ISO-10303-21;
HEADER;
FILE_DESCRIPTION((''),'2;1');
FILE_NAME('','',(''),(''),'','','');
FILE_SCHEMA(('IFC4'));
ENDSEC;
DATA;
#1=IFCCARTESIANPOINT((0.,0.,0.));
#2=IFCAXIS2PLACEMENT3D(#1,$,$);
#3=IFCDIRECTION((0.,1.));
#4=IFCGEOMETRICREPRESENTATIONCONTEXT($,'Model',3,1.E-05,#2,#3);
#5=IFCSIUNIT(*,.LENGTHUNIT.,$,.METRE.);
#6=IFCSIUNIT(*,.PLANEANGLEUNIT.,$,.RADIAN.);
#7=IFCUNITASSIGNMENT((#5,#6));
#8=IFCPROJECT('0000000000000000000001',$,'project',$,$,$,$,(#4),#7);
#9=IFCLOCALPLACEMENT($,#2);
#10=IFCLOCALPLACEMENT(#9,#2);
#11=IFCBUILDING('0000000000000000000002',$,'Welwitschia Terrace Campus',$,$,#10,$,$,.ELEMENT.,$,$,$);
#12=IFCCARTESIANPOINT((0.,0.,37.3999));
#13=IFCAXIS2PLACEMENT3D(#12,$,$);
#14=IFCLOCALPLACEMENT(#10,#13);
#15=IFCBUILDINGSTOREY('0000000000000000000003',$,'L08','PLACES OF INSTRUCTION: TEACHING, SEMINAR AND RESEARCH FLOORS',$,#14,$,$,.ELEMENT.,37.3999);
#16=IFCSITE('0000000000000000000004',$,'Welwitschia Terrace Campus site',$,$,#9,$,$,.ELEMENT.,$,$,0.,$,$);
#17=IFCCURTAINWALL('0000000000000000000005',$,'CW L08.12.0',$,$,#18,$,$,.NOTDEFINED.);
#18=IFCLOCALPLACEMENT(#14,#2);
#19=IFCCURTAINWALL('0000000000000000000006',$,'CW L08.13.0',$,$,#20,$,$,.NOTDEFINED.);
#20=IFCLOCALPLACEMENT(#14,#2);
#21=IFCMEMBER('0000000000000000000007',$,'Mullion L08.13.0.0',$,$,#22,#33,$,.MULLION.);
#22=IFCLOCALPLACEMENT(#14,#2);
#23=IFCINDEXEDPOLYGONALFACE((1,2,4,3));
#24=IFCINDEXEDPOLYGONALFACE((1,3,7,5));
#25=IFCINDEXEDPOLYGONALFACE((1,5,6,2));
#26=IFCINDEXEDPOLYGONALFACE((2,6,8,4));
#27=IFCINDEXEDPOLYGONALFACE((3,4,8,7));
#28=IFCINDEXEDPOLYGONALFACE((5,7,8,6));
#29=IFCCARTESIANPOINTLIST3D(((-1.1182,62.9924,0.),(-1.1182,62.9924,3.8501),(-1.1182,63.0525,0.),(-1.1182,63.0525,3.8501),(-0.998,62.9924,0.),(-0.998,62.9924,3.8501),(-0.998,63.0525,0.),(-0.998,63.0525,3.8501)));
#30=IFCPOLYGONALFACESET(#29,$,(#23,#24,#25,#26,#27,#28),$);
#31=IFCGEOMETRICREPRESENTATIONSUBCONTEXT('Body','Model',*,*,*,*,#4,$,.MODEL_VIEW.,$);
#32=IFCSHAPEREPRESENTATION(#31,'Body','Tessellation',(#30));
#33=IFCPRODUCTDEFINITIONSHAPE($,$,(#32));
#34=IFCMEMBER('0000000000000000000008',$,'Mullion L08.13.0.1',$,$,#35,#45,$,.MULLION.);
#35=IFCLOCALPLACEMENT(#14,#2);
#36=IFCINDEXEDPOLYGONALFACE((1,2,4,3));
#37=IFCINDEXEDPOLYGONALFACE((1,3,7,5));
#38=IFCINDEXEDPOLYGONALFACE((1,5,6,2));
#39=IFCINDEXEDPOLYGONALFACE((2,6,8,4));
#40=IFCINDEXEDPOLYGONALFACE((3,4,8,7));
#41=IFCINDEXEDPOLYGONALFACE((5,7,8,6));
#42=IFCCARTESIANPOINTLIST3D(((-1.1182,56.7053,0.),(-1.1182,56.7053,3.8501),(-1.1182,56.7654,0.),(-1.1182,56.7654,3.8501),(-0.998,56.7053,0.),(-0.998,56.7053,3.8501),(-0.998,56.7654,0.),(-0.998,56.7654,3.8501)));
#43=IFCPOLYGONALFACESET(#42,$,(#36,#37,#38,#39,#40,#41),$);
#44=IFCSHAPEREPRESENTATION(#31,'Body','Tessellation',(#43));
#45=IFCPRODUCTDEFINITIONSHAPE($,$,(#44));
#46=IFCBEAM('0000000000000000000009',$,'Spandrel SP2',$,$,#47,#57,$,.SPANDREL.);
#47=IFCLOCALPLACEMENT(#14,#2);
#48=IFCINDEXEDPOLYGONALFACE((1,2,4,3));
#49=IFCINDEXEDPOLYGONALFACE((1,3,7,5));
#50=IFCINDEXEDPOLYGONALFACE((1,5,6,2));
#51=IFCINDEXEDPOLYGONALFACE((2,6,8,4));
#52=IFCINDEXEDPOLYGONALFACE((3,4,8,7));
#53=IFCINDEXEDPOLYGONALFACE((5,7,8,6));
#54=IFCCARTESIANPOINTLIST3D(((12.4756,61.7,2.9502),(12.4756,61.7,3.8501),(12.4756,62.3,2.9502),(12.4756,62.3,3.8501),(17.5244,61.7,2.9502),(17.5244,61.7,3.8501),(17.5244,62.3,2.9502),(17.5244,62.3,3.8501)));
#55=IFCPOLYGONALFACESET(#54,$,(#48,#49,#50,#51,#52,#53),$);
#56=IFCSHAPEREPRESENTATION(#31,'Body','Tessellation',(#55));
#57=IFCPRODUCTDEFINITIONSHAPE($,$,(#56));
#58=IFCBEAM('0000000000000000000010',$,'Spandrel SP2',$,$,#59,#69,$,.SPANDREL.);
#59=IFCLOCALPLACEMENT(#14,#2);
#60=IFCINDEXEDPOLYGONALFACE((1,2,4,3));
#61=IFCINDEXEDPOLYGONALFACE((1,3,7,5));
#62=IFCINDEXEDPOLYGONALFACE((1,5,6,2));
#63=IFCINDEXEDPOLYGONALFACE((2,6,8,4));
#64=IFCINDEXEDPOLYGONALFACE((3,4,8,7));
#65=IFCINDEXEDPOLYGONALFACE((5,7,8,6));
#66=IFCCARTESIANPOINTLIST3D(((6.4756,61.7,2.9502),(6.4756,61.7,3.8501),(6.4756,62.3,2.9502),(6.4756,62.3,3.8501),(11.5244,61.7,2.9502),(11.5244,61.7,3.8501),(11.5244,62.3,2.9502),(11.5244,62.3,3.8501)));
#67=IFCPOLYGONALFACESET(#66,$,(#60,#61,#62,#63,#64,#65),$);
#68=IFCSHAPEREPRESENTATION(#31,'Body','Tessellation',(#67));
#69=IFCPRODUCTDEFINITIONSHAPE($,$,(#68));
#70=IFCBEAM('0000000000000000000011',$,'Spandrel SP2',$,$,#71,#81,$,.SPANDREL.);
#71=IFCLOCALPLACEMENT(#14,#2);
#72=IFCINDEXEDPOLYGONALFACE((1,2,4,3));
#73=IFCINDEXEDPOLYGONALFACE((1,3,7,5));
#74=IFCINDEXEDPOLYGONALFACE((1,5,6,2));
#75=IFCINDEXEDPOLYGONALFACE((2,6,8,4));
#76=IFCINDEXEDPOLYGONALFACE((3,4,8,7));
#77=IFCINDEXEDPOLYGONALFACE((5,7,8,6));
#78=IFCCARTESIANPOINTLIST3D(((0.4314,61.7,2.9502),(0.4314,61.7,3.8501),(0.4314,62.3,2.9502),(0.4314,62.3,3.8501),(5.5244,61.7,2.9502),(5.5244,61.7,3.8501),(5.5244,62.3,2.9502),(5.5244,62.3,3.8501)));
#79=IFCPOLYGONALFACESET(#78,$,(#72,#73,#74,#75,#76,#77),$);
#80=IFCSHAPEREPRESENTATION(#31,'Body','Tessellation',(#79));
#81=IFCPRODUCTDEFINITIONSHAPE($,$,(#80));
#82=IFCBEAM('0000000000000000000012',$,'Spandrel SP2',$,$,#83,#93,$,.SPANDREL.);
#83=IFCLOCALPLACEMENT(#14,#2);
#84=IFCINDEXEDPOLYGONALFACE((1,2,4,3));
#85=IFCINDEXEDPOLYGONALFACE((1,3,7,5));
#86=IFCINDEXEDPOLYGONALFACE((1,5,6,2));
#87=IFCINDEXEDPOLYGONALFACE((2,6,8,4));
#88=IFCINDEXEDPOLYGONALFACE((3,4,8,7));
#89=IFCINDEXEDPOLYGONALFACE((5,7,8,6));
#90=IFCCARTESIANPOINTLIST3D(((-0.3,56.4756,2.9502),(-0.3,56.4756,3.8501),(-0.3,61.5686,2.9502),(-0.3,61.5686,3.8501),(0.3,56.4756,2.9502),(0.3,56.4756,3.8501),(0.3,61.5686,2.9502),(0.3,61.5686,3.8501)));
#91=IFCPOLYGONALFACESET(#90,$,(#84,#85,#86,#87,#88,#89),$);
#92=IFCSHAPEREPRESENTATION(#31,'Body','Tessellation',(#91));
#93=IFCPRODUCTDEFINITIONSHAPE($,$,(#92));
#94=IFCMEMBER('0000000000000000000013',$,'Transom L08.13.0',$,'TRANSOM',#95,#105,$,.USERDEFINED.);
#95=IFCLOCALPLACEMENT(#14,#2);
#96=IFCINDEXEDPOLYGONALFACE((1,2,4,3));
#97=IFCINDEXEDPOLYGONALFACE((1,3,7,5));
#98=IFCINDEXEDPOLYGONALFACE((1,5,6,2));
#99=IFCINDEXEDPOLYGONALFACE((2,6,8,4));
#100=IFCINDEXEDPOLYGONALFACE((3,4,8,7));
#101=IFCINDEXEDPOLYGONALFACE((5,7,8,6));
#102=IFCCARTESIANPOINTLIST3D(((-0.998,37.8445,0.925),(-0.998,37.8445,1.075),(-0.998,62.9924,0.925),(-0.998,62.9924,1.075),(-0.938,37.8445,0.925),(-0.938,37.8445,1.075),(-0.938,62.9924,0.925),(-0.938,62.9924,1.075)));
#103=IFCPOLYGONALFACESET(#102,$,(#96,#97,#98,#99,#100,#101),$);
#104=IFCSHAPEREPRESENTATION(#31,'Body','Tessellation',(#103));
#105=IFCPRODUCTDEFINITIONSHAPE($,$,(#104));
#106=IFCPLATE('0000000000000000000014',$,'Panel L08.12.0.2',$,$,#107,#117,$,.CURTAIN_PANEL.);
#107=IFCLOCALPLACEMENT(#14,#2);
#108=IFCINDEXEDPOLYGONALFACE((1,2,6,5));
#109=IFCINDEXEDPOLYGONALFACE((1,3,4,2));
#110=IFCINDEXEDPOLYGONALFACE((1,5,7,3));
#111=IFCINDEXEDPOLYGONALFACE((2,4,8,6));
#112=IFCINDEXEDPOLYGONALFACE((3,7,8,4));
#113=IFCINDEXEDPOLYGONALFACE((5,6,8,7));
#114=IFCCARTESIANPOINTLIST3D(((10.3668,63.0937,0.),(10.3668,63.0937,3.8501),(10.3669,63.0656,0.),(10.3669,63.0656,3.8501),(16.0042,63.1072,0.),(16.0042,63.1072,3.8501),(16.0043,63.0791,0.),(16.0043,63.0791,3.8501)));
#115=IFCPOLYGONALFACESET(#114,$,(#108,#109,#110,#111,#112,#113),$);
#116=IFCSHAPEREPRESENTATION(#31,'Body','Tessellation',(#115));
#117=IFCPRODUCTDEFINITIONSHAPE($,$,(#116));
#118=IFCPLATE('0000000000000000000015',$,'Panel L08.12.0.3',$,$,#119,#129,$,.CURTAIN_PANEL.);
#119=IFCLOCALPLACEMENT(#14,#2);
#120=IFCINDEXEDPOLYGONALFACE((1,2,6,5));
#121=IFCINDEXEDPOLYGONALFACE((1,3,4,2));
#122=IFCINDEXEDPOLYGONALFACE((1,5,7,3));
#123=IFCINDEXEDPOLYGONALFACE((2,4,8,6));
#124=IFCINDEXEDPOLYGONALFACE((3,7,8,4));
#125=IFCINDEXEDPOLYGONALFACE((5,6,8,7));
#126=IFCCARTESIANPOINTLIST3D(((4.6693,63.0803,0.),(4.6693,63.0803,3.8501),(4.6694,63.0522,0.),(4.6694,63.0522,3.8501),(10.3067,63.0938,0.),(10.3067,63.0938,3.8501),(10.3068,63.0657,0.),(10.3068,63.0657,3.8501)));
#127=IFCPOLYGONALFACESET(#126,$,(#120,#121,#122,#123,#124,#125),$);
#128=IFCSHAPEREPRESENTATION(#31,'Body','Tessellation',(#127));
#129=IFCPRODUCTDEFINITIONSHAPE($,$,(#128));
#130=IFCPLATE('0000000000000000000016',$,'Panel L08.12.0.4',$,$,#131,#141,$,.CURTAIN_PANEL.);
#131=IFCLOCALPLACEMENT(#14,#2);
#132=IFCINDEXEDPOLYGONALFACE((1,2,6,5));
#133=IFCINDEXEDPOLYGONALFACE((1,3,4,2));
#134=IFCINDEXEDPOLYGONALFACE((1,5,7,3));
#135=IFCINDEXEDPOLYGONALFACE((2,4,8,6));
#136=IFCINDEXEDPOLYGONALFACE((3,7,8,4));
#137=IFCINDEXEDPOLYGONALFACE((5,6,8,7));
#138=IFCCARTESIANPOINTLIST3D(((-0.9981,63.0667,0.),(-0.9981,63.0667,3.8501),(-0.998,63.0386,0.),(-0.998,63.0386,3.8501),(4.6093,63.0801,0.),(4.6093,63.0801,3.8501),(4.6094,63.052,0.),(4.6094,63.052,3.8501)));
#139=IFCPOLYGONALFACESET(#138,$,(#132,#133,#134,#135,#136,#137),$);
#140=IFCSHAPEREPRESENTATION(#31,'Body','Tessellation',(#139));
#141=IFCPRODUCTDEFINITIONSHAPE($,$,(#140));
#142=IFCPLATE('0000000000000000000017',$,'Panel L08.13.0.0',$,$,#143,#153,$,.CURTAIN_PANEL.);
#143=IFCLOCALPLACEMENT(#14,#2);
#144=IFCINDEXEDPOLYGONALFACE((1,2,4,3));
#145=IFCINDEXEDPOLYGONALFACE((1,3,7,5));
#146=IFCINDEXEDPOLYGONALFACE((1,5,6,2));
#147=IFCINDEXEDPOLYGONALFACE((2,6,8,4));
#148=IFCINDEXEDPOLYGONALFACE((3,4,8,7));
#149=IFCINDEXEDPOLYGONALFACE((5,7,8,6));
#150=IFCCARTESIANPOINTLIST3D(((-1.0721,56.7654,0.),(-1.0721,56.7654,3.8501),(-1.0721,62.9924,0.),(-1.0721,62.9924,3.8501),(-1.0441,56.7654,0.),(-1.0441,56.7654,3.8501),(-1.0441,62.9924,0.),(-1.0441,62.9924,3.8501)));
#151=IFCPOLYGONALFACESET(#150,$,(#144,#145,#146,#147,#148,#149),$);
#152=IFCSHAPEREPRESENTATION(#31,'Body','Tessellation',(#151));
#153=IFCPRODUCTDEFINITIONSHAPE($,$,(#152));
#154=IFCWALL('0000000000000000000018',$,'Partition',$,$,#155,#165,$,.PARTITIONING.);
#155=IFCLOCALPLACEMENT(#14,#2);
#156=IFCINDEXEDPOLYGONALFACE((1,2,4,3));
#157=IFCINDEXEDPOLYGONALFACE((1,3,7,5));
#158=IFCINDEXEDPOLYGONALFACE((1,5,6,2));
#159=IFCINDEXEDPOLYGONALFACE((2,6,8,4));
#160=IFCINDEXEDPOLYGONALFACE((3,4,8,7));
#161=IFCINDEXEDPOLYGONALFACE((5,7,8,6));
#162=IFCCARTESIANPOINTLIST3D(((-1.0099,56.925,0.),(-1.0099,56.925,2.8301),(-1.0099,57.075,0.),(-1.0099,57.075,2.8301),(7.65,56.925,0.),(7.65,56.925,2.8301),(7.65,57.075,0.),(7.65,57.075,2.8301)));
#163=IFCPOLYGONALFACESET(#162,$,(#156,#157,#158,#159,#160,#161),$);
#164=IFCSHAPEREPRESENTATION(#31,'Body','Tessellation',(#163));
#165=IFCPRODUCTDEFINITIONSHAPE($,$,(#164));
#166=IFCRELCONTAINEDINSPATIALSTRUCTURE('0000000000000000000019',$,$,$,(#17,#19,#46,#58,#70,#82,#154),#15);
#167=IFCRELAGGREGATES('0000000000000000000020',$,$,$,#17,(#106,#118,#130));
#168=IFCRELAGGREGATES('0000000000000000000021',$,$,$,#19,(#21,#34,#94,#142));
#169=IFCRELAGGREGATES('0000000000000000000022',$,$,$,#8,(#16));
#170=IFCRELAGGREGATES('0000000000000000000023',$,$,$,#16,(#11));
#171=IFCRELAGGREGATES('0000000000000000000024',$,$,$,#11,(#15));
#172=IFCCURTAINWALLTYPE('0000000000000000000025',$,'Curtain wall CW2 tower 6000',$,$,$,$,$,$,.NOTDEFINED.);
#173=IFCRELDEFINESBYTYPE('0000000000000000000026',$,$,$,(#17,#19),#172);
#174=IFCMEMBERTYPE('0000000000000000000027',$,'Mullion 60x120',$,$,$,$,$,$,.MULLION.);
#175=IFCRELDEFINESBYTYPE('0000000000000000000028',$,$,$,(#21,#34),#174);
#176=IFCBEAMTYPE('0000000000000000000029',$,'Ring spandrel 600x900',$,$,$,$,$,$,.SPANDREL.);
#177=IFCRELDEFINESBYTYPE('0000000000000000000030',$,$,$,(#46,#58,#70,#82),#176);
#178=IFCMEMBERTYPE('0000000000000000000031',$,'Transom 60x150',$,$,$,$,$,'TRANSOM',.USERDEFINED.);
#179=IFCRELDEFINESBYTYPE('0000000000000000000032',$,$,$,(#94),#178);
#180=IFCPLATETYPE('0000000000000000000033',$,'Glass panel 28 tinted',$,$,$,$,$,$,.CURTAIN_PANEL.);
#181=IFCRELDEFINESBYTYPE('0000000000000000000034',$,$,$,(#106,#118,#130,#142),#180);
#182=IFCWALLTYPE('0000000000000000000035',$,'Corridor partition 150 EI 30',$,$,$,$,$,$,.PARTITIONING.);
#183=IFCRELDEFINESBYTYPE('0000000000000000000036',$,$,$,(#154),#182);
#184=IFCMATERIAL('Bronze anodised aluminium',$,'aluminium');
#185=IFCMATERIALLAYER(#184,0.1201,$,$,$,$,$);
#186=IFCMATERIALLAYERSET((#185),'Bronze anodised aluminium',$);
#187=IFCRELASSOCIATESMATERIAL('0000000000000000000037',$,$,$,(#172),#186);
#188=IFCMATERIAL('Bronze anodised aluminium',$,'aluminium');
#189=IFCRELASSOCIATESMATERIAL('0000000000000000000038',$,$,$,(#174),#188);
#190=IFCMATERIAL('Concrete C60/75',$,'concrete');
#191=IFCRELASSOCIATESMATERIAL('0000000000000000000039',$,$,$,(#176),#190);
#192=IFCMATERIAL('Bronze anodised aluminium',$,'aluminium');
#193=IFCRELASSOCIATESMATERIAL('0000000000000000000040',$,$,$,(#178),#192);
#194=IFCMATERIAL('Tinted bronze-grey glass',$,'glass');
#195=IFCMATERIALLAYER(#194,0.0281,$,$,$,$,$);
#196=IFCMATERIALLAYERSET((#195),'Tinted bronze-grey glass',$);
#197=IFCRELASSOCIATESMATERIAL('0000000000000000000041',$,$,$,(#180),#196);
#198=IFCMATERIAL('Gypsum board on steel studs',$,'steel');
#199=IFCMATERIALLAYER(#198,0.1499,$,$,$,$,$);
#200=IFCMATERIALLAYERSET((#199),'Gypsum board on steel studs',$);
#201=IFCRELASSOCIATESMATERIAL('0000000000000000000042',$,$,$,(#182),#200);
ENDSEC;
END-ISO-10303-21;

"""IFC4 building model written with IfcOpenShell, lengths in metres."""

from ifc_helpers import new_model, si_unit, direction, frame, frame_2d, origin, origin_2d, place, context, subcontext, project, spatial, rectangle, extrude, material, layer, layer_set, material_profile, profile_set, type_object, element, aggregate, save


model = new_model("IFC4")

# Units and contexts
model_context = context("Model", 3, precision=1e-05, world=origin(), true_north=direction((0.0, 1.0)))
body_context = subcontext(model_context, "Body", "Model", "MODEL_VIEW")
ifc_project = project(units=[si_unit("LENGTHUNIT", "METRE"), si_unit("PLANEANGLEUNIT", "RADIAN")], contexts=[model_context])

# Site, building, storey
site_placement = place(None, origin())
site = spatial("IfcSite", under=ifc_project, at=site_placement, Name="Welwitschia Terrace Campus site", CompositionType="ELEMENT", RefElevation=0.0)
building_placement = place(site_placement, origin())
building = spatial("IfcBuilding", under=site, at=building_placement, Name="Welwitschia Terrace Campus", CompositionType="ELEMENT")
storey_placement = place(building_placement, frame((0.0, 0.0, 37.3999)))
storey = spatial("IfcBuildingStorey", under=building, at=storey_placement, Name="L08", Description="PLACES OF INSTRUCTION: TEACHING, SEMINAR AND RESEARCH FLOORS", CompositionType="ELEMENT", Elevation=37.3999)

# Curtain walls, members
ifc_material_1 = material(Name="Bronze anodised aluminium", Category="aluminium")
ifc_layer_1 = layer(ifc_material_1, 0.1201)
ifc_layer_set_1 = layer_set([ifc_layer_1], Name="Bronze anodised aluminium")
curtain_wall_type = type_object("IfcCurtainWallType", Name="Curtain wall CW2 tower 6000", PredefinedType="NOTDEFINED", material=ifc_layer_set_1)
curtain_wall_1_placement = place(storey_placement, origin())
curtain_wall_1 = element("IfcCurtainWall", 1, at=curtain_wall_1_placement, inside=storey, type_object=curtain_wall_type, Name="CW L08.12.0", PredefinedType="NOTDEFINED")
ifc_material_2 = material(Name="Bronze anodised aluminium", Category="aluminium")
ifc_material_profile_1 = material_profile(ifc_material_2, rectangle(XDim=0.1201, YDim=0.0601, at=origin_2d()))
ifc_profile_set_1 = profile_set([ifc_material_profile_1], Name="Bronze anodised aluminium")
member_type_1 = type_object("IfcMemberType", Name="Mullion 60x120", PredefinedType="MULLION", material=ifc_profile_set_1)
curtain_wall_2_placement = place(storey_placement, origin())
curtain_wall_2 = element("IfcCurtainWall", 2, at=curtain_wall_2_placement, inside=storey, type_object=curtain_wall_type, Name="CW L08.13.0", PredefinedType="NOTDEFINED")
member_1_placement = place(storey_placement, frame((-1.0581, 63.0225, 0.0), z_axis=(0.0, 0.0, 1.0), x_axis=(1.0, 0.0, 0.0)))
member_1 = element("IfcMember", 3, at=member_1_placement, type_object=member_type_1, Name="Mullion L08.13.0.0", PredefinedType="MULLION", context=body_context, shape_type="SweptSolid", body=[
    extrude(rectangle(XDim=0.1201, YDim=0.0601, at=origin_2d()), origin(), (0.0, 0.0, 1.0), 3.8501),
])
member_2_placement = place(storey_placement, frame((-1.0581, 56.7354, 0.0), z_axis=(0.0, 0.0, 1.0), x_axis=(1.0, 0.0, 0.0)))
member_2 = element("IfcMember", 4, at=member_2_placement, type_object=member_type_1, Name="Mullion L08.13.0.1", PredefinedType="MULLION", context=body_context, shape_type="SweptSolid", body=[
    extrude(rectangle(XDim=0.1201, YDim=0.0601, at=origin_2d()), origin(), (0.0, 0.0, 1.0), 3.8501),
])

# Beams
ifc_material_3 = material(Name="Concrete C60/75", Category="concrete")
ifc_material_profile_2 = material_profile(ifc_material_3, rectangle(XDim=0.6001, YDim=0.8999, at=origin_2d()))
ifc_profile_set_2 = profile_set([ifc_material_profile_2], Name="Concrete C60/75")
beam_type_1 = type_object("IfcBeamType", Name="Ring spandrel 600x900", PredefinedType="SPANDREL", material=ifc_profile_set_2)
for number, where, z_axis, x_axis, name in (
    (5, (17.5244, 62.0, 3.4001), (-1.0, 0.0, 0.0), (0.0, -1.0, 0.0), "Spandrel SP2"),
    (6, (11.5244, 62.0, 3.4001), (-1.0, 0.0, 0.0), (0.0, -1.0, 0.0), "Spandrel SP2"),
):
    element("IfcBeam", number, at=place(storey_placement, frame(where, z_axis=z_axis, x_axis=x_axis)), inside=storey, type_object=beam_type_1, Name=name, PredefinedType="SPANDREL", context=body_context, shape_type="SweptSolid", body=[
        extrude(rectangle(XDim=0.6001, YDim=0.8999, at=origin_2d()), origin(), (0.0, 0.0, 1.0), 5.0488),
    ])
for number, where, z_axis, x_axis, name in (
    (7, (5.5244, 62.0, 3.4001), (-1.0, 0.0, 0.0), (0.0, -1.0, 0.0), "Spandrel SP2"),
    (8, (0.0, 61.5686, 3.4001), (0.0, -1.0, 0.0), (1.0, 0.0, 0.0), "Spandrel SP2"),
):
    element("IfcBeam", number, at=place(storey_placement, frame(where, z_axis=z_axis, x_axis=x_axis)), inside=storey, type_object=beam_type_1, Name=name, PredefinedType="SPANDREL", context=body_context, shape_type="SweptSolid", body=[
        extrude(rectangle(XDim=0.6001, YDim=0.8999, at=origin_2d()), origin(), (0.0, 0.0, 1.0), 5.093),
    ])

# Member
ifc_material_4 = material(Name="Bronze anodised aluminium", Category="aluminium")
ifc_material_profile_3 = material_profile(ifc_material_4, rectangle(XDim=0.0601, YDim=0.1499, at=origin_2d()))
ifc_profile_set_3 = profile_set([ifc_material_profile_3], Name="Bronze anodised aluminium")
member_type_2 = type_object("IfcMemberType", Name="Transom 60x150", ElementType="TRANSOM", PredefinedType="USERDEFINED", material=ifc_profile_set_3)
member_3_placement = place(storey_placement, frame((-0.968, 62.9924, 1.0), z_axis=(0.0, -1.0, 0.0), x_axis=(1.0, 0.0, 0.0)))
member_3 = element("IfcMember", 9, at=member_3_placement, type_object=member_type_2, Name="Transom L08.13.0", ObjectType="TRANSOM", PredefinedType="USERDEFINED", context=body_context, shape_type="SweptSolid", body=[
    extrude(rectangle(XDim=0.0601, YDim=0.1499, at=origin_2d()), origin(), (0.0, 0.0, 1.0), 25.1479),
])

# Plates
ifc_material_5 = material(Name="Tinted bronze-grey glass", Category="glass")
ifc_layer_2 = layer(ifc_material_5, 0.0281)
ifc_layer_set_2 = layer_set([ifc_layer_2], Name="Tinted bronze-grey glass")
plate_type = type_object("IfcPlateType", Name="Glass panel 28 tinted", PredefinedType="CURTAIN_PANEL", material=ifc_layer_set_2)
plate_1_placement = place(storey_placement, frame((13.1855, 63.0864, 0.0), z_axis=(0.0, 0.0, 1.0), x_axis=(-0.999997, -0.002393, 0.0)))
plate_1 = element("IfcPlate", 10, at=plate_1_placement, type_object=plate_type, Name="Panel L08.12.0.2", PredefinedType="CURTAIN_PANEL", context=body_context, shape_type="SweptSolid", body=[
    extrude(rectangle(XDim=5.6375, YDim=0.0281, at=origin_2d()), origin(), (0.0, 0.0, 1.0), 3.8501),
])
plate_2_placement = place(storey_placement, frame((7.488, 63.073, 0.0), z_axis=(0.0, 0.0, 1.0), x_axis=(-0.999997, -0.002393, 0.0)))
plate_2 = element("IfcPlate", 11, at=plate_2_placement, type_object=plate_type, Name="Panel L08.12.0.3", PredefinedType="CURTAIN_PANEL", context=body_context, shape_type="SweptSolid", body=[
    extrude(rectangle(XDim=5.6375, YDim=0.0281, at=origin_2d()), origin(), (0.0, 0.0, 1.0), 3.8501),
])
plate_3_placement = place(storey_placement, frame((1.8057, 63.0593, 0.0), z_axis=(0.0, 0.0, 1.0), x_axis=(-0.999997, -0.002393, 0.0)))
plate_3 = element("IfcPlate", 12, at=plate_3_placement, type_object=plate_type, Name="Panel L08.12.0.4", PredefinedType="CURTAIN_PANEL", context=body_context, shape_type="SweptSolid", body=[
    extrude(rectangle(XDim=5.6074, YDim=0.0281, at=origin_2d()), origin(), (0.0, 0.0, 1.0), 3.8501),
])
aggregate(curtain_wall_1, [plate_1, plate_2, plate_3])
plate_4_placement = place(storey_placement, frame((-1.0581, 59.8789, 0.0), z_axis=(0.0, 0.0, 1.0), x_axis=(0.0, -1.0, 0.0)))
plate_4 = element("IfcPlate", 13, at=plate_4_placement, type_object=plate_type, Name="Panel L08.13.0.0", PredefinedType="CURTAIN_PANEL", context=body_context, shape_type="SweptSolid", body=[
    extrude(rectangle(XDim=6.2271, YDim=0.0281, at=origin_2d()), origin(), (0.0, 0.0, 1.0), 3.8501),
])
aggregate(curtain_wall_2, [member_1, member_2, member_3, plate_4])

# Wall
ifc_material_6 = material(Name="Gypsum board on steel studs", Category="steel")
ifc_layer_3 = layer(ifc_material_6, 0.1499)
ifc_layer_set_3 = layer_set([ifc_layer_3], Name="Gypsum board on steel studs")
wall_type = type_object("IfcWallType", Name="Corridor partition 150 EI 30", PredefinedType="PARTITIONING", material=ifc_layer_set_3)
wall_1_placement = place(storey_placement, frame((-1.01, 57.0, 0.0), z_axis=(0.0, 0.0, 1.0), x_axis=(1.0, 0.0, 0.0)))
element("IfcWall", 14, at=wall_1_placement, inside=storey, type_object=wall_type, Name="Partition", PredefinedType="PARTITIONING", context=body_context, shape_type="SweptSolid", body=[
    extrude(rectangle(XDim=8.6599, YDim=0.1499, at=frame_2d((4.3301, 0.0))), origin(), (0.0, 0.0, 1.0), 2.8301),
])

save(model, "model.ifc")
